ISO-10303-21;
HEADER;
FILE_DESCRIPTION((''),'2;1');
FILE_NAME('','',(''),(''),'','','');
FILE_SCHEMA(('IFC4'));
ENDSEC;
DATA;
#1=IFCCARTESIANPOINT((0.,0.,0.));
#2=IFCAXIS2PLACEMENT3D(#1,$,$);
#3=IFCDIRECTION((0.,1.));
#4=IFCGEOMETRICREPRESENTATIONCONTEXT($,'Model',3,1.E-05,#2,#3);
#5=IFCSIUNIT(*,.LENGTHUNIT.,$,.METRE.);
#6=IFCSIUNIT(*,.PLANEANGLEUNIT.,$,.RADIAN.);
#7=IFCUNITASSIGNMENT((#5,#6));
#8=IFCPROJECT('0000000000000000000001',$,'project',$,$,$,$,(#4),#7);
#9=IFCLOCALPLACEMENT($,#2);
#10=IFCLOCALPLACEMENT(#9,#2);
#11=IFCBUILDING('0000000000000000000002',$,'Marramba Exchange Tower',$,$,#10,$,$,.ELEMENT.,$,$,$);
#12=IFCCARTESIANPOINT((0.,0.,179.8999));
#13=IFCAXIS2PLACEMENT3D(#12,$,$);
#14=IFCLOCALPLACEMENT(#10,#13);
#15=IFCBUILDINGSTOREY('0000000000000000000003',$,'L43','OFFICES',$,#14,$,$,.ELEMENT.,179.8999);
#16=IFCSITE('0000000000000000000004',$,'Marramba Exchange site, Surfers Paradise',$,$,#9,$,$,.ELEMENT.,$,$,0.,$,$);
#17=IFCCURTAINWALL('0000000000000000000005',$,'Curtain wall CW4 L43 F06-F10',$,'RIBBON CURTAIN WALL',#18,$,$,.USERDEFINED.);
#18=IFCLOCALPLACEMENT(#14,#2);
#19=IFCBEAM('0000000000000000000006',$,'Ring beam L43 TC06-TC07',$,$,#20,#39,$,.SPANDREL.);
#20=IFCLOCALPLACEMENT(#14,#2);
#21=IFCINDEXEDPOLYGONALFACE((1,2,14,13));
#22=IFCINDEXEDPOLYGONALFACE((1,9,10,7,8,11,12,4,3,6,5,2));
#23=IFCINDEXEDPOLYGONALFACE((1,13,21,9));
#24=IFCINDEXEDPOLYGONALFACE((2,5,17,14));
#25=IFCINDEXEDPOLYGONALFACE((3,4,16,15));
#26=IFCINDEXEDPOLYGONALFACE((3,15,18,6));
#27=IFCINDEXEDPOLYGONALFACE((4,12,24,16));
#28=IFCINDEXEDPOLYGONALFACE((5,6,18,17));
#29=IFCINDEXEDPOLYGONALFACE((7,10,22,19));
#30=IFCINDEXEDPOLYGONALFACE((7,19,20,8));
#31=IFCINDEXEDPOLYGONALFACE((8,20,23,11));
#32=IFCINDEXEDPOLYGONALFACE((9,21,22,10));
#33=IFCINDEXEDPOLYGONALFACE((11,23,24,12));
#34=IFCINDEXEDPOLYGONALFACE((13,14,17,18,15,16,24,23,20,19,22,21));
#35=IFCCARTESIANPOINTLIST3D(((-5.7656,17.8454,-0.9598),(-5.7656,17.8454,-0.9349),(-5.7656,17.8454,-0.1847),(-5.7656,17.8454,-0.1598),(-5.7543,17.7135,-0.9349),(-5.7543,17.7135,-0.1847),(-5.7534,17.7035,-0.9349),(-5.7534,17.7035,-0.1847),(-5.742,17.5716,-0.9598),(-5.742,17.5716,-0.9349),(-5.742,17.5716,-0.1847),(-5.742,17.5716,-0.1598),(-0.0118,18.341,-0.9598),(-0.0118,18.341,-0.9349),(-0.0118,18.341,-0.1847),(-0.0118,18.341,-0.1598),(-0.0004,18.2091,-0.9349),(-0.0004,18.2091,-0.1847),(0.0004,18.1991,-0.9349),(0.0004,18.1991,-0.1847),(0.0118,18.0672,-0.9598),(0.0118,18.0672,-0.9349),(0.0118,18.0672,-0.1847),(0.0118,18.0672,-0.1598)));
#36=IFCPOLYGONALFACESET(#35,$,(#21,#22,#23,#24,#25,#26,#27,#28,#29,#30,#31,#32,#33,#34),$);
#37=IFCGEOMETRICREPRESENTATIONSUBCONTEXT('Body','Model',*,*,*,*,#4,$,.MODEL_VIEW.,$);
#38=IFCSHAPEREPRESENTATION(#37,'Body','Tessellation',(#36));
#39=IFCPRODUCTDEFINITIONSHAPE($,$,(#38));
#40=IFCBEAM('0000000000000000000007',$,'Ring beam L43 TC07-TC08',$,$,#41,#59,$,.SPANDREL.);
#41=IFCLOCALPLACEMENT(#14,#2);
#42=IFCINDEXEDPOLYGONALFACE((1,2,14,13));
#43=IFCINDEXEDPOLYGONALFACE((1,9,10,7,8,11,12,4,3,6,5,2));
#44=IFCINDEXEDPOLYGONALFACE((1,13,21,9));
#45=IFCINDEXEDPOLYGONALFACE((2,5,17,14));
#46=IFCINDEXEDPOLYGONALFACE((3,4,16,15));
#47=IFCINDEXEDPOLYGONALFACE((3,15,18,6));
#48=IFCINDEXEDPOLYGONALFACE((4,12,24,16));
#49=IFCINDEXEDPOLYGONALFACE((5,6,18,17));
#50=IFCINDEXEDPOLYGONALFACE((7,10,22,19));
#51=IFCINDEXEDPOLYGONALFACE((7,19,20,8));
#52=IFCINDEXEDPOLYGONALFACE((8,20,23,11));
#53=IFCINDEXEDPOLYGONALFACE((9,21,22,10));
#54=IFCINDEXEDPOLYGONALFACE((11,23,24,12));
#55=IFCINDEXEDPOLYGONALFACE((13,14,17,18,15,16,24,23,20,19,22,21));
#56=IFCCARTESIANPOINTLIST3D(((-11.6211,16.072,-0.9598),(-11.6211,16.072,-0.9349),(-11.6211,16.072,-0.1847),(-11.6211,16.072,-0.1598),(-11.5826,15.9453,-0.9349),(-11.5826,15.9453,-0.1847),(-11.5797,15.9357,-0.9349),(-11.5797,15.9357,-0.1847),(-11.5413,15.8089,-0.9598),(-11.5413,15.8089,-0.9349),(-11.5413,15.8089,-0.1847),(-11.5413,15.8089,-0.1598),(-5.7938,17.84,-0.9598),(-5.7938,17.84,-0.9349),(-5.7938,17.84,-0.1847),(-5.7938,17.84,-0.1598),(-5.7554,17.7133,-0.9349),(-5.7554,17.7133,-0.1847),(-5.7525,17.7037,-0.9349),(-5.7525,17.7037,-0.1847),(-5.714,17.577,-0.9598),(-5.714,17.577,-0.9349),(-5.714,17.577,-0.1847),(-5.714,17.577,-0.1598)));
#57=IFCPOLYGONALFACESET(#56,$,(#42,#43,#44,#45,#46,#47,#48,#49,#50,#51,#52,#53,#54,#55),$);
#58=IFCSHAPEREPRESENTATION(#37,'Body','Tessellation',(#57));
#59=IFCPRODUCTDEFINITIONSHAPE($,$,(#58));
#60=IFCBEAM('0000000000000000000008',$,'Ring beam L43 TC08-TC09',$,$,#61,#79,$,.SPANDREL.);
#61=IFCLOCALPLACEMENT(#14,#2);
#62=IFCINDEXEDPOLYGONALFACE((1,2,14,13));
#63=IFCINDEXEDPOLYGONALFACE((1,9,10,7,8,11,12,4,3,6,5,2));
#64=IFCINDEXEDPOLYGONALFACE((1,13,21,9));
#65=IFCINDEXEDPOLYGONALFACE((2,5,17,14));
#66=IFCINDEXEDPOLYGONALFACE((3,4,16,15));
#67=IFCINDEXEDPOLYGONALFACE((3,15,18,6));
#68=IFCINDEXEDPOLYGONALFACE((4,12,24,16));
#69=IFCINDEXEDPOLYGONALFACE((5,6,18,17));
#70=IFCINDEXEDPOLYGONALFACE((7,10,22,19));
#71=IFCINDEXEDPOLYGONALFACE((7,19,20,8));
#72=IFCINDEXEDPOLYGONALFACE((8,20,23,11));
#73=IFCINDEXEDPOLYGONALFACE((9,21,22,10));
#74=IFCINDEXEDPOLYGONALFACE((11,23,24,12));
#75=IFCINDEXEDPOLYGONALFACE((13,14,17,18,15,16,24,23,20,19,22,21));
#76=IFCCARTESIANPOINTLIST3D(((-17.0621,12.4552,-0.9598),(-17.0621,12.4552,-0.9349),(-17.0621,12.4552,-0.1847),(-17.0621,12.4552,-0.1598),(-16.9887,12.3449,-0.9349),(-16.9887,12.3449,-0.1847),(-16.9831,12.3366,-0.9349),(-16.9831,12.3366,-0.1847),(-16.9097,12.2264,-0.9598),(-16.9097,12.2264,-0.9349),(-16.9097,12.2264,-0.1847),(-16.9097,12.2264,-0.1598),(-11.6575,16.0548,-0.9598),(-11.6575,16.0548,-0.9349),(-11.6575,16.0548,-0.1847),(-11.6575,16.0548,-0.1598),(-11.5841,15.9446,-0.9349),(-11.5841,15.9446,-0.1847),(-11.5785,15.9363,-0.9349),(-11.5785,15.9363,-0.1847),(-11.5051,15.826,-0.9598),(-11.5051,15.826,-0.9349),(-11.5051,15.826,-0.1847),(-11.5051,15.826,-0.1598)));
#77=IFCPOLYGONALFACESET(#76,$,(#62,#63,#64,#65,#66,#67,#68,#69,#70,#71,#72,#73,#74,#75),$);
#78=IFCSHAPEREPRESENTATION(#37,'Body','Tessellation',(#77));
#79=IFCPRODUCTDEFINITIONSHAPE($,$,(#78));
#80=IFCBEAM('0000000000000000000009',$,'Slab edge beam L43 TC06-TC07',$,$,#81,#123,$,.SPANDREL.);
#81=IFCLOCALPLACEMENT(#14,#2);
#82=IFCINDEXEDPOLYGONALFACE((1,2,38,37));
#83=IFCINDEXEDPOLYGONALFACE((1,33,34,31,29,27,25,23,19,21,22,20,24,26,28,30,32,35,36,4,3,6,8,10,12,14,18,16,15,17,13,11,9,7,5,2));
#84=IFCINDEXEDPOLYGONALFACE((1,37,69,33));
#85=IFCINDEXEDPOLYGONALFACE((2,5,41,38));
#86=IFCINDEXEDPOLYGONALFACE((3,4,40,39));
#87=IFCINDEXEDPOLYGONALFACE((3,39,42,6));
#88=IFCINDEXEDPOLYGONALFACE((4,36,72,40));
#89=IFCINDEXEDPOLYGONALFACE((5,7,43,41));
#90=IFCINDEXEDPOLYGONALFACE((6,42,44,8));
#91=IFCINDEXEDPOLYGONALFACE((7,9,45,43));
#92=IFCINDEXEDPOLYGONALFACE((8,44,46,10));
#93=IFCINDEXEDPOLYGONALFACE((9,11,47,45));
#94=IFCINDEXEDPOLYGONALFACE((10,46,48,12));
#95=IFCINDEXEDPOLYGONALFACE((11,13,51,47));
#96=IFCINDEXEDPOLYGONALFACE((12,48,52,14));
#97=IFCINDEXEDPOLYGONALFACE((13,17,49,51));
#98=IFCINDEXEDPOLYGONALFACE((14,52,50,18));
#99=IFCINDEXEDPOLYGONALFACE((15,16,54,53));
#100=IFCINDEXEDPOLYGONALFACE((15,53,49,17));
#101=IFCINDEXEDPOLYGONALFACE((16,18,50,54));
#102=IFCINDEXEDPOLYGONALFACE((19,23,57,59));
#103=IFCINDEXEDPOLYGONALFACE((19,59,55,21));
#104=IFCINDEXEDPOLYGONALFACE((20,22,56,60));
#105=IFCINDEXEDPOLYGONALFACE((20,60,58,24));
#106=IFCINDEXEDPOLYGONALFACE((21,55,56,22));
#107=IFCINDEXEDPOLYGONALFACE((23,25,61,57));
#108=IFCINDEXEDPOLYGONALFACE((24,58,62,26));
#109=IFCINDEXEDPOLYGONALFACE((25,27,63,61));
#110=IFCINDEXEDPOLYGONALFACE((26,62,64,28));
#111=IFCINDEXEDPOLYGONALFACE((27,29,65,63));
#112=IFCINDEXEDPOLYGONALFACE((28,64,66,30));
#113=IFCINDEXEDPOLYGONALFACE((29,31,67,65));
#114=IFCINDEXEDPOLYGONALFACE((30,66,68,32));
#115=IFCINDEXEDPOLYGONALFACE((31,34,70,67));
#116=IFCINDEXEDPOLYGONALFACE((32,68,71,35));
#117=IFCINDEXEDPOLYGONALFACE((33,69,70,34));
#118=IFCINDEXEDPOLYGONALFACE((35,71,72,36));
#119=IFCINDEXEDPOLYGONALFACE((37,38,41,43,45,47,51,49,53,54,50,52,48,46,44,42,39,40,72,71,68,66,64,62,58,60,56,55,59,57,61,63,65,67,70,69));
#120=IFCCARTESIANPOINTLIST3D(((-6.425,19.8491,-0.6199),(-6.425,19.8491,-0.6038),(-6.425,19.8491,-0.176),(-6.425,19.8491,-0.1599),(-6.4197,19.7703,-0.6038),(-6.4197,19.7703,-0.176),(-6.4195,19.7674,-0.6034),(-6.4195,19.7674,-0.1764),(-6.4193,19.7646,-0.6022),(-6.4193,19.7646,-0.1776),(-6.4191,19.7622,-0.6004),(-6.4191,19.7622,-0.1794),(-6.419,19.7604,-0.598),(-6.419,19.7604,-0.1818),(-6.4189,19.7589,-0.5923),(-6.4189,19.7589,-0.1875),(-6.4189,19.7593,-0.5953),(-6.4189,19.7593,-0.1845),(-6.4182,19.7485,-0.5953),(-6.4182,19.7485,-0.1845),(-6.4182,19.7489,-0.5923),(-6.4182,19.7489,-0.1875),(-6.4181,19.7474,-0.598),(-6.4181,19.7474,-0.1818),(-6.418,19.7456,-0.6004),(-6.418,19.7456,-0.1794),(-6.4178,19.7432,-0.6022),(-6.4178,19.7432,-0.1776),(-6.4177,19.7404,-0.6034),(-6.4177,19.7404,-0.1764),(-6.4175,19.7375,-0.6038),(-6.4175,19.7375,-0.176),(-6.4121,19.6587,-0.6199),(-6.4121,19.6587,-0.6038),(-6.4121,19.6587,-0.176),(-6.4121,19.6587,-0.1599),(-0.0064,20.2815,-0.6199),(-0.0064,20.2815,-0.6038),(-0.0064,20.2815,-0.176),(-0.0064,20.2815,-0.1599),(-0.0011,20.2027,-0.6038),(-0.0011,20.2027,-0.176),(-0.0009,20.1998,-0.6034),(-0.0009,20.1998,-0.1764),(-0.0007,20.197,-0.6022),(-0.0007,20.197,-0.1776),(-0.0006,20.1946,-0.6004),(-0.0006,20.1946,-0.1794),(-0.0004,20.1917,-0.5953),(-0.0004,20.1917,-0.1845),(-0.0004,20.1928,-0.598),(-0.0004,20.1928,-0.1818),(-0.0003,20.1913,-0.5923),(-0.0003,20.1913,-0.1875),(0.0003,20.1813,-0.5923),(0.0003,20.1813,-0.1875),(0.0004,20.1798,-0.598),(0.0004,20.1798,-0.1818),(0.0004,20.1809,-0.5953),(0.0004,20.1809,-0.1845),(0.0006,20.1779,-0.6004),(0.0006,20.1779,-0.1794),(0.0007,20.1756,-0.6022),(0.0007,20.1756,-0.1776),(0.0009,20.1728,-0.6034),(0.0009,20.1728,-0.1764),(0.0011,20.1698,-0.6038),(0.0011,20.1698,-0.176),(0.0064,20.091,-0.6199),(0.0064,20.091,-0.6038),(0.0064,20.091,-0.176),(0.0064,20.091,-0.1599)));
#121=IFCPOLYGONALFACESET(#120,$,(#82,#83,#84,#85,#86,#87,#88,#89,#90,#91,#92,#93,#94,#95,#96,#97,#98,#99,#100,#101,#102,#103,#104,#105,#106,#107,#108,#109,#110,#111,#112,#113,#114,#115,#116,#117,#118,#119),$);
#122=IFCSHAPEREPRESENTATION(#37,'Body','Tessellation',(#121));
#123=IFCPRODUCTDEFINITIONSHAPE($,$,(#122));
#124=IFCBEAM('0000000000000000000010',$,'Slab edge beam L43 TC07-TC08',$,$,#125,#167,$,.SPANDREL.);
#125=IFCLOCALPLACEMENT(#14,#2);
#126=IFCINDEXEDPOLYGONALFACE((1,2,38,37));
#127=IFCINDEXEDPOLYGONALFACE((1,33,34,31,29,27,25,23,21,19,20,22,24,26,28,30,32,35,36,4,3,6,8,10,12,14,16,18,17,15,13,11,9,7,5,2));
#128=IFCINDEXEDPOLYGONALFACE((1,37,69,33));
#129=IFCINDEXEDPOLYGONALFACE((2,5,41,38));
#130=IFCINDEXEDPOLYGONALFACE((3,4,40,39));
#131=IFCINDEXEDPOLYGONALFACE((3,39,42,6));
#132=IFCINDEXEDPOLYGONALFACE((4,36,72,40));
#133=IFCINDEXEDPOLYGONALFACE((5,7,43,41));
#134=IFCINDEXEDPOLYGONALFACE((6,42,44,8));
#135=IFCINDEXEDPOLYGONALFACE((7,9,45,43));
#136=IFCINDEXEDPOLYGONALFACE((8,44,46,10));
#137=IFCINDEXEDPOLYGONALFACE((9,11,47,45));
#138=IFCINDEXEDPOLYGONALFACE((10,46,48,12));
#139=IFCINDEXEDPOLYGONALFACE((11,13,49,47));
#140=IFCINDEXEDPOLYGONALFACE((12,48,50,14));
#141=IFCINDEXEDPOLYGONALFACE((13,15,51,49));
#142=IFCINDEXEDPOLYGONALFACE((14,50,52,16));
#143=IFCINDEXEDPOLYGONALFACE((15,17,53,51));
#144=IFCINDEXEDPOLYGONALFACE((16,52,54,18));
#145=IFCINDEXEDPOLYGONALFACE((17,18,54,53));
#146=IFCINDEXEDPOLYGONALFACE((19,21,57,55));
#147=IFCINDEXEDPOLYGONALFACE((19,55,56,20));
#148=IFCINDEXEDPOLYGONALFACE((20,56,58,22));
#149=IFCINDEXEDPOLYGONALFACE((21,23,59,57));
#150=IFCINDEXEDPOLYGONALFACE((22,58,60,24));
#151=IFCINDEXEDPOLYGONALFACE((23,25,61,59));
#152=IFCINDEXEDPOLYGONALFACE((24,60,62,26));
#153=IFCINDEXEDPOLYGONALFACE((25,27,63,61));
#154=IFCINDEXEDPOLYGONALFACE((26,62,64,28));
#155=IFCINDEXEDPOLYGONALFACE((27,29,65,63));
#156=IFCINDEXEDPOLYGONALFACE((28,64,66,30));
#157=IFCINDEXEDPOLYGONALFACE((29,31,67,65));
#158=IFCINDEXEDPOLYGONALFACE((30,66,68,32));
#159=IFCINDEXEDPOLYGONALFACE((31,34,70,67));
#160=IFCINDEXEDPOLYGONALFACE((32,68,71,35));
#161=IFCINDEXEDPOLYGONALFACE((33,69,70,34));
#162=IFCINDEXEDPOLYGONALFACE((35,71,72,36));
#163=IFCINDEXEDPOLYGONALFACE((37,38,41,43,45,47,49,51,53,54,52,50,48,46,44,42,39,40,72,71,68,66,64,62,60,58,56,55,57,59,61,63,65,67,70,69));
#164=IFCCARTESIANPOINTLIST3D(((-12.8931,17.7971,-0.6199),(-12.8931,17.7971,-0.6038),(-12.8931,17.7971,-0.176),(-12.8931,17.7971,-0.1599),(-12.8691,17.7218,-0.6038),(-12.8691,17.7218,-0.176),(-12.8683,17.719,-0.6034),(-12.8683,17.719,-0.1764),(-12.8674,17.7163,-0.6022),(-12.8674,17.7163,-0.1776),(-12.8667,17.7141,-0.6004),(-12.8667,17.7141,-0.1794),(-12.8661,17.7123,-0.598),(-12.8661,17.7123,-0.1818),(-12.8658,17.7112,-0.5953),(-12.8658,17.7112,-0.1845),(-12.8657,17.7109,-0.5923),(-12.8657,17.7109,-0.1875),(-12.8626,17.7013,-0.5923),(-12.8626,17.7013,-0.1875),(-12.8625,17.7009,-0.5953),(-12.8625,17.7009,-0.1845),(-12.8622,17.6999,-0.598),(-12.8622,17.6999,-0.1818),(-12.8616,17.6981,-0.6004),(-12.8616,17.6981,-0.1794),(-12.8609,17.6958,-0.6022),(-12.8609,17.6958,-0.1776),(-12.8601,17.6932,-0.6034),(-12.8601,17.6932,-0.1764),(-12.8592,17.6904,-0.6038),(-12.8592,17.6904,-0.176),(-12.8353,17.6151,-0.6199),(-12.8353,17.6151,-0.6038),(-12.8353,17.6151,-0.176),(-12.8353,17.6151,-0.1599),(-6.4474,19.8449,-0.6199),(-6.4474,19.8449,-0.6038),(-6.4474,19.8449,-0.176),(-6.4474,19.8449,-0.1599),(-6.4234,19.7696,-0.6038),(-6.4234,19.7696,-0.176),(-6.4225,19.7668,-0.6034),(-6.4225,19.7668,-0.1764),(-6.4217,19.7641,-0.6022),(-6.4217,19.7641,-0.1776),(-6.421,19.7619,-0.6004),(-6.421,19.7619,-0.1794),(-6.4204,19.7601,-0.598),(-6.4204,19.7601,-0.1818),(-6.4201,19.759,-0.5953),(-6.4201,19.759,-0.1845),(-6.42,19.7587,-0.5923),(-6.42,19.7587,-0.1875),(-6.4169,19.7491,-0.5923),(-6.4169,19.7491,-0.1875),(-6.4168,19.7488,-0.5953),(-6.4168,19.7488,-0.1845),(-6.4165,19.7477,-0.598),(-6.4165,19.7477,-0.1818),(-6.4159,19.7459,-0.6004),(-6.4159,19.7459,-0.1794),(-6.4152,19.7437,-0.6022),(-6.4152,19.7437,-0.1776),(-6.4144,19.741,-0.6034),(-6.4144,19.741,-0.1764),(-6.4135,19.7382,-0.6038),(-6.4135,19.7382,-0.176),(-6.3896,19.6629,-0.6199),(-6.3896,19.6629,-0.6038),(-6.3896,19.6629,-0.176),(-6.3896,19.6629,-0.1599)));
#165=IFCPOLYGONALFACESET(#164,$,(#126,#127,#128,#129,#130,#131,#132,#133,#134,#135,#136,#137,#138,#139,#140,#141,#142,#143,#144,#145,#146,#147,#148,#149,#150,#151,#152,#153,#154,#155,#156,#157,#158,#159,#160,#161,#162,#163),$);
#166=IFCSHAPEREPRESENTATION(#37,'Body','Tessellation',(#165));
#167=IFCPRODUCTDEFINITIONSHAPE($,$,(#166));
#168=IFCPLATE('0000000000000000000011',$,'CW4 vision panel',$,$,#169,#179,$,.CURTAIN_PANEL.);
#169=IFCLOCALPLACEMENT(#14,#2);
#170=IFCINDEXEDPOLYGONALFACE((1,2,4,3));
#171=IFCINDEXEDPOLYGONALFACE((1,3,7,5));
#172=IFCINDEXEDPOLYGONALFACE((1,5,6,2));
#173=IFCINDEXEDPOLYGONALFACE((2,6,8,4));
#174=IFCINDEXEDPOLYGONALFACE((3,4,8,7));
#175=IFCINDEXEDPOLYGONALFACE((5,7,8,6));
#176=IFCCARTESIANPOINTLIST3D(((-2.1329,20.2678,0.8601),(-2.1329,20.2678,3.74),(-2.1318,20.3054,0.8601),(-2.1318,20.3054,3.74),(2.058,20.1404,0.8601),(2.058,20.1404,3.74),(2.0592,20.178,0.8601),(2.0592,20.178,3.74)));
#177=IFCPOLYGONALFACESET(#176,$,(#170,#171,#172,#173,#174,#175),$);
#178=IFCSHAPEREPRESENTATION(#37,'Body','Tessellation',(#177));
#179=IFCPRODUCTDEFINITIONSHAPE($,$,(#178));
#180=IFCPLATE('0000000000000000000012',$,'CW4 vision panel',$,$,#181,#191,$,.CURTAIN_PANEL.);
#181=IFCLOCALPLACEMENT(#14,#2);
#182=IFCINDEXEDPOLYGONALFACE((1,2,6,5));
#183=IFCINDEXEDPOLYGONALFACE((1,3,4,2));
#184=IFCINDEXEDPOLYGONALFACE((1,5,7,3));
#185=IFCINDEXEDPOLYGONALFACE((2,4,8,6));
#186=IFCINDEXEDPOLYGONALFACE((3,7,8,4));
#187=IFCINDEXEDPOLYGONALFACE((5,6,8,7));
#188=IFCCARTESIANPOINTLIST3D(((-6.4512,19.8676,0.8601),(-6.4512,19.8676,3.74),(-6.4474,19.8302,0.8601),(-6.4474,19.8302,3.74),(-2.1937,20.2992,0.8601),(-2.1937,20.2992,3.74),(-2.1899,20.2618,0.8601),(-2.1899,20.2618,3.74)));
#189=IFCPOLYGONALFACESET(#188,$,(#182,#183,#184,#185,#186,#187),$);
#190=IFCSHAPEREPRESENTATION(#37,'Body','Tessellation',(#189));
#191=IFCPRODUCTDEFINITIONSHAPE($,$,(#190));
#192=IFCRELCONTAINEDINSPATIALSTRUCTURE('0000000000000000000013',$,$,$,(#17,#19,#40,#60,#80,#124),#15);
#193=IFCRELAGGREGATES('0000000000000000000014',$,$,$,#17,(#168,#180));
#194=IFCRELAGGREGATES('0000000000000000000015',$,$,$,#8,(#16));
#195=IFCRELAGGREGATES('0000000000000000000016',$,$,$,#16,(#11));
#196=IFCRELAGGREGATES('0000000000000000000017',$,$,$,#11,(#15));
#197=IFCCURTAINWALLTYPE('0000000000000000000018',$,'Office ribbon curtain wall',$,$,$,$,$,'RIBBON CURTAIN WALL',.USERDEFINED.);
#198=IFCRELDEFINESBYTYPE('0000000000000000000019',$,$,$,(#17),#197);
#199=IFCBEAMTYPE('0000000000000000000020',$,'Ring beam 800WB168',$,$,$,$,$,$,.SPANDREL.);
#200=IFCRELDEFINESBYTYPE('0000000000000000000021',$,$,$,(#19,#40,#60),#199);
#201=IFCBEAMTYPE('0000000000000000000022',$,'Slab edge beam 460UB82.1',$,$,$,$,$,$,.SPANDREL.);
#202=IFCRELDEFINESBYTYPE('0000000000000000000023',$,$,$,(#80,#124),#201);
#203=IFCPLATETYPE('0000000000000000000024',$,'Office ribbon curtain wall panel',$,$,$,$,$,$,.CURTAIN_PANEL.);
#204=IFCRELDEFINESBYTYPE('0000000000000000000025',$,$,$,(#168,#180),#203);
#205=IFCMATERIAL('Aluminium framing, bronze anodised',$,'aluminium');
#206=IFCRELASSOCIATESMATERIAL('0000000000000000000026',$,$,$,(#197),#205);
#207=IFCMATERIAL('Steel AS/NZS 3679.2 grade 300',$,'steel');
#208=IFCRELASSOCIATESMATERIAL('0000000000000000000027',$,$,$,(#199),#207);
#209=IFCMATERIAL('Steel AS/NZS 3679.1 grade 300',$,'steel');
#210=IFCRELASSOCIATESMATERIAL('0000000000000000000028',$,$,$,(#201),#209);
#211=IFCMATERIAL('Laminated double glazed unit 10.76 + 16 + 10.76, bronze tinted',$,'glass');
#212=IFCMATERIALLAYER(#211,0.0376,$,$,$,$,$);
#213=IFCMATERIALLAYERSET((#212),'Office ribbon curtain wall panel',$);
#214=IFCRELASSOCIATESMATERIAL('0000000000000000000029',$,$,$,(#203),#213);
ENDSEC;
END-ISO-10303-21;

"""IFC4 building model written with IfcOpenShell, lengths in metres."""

from ifc_helpers import new_model, si_unit, direction, frame, origin, origin_2d, place, context, subcontext, project, spatial, rectangle, i_section, extrude, material, layer, layer_set, material_profile, profile_set, type_object, element, aggregate, save


model = new_model("IFC4")

# Units and contexts
model_context = context("Model", 3, precision=1e-05, world=origin(), true_north=direction((0.0, 1.0)))
body_context = subcontext(model_context, "Body", "Model", "MODEL_VIEW")
ifc_project = project(units=[si_unit("LENGTHUNIT", "METRE"), si_unit("PLANEANGLEUNIT", "RADIAN")], contexts=[model_context])

# Site, building, storey
site_placement = place(None, origin())
site = spatial("IfcSite", under=ifc_project, at=site_placement, Name="Marramba Exchange site, Surfers Paradise", CompositionType="ELEMENT", RefElevation=0.0)
building_placement = place(site_placement, origin())
building = spatial("IfcBuilding", under=site, at=building_placement, Name="Marramba Exchange Tower", CompositionType="ELEMENT")
storey_placement = place(building_placement, frame((0.0, 0.0, 179.8999)))
storey = spatial("IfcBuildingStorey", under=building, at=storey_placement, Name="L43", Description="OFFICES", CompositionType="ELEMENT", Elevation=179.8999)

# Shared definitions
ifc_material_1 = material(Name="Steel AS/NZS 3679.2 grade 300", Category="steel")

# Curtain wall
ifc_material_2 = material(Name="Aluminium framing, bronze anodised", Category="aluminium")
curtain_wall_type = type_object("IfcCurtainWallType", Name="Office ribbon curtain wall", ElementType="RIBBON CURTAIN WALL", PredefinedType="USERDEFINED", material=ifc_material_2)
curtain_wall_1_placement = place(storey_placement, origin())
curtain_wall_1 = element("IfcCurtainWall", 1, at=curtain_wall_1_placement, inside=storey, type_object=curtain_wall_type, Name="Curtain wall CW4 L43 F06-F10", ObjectType="RIBBON CURTAIN WALL", PredefinedType="USERDEFINED")

# Beams
ifc_material_profile_1 = material_profile(ifc_material_1, i_section(OverallWidth=0.2749, OverallDepth=0.8, WebThickness=0.01, FlangeThickness=0.0249, at=origin_2d()), Name="800WB168")
ifc_profile_set_1 = profile_set([ifc_material_profile_1], Name="Steel AS/NZS 3679.2 grade 300")
beam_type_1 = type_object("IfcBeamType", Name="Ring beam 800WB168", PredefinedType="SPANDREL", material=ifc_profile_set_1)
beam_1_placement = place(storey_placement, frame((0.0, 18.2041, -0.5598), z_axis=(-0.996311, -0.085816, 0.0), x_axis=(0.085816, -0.996311, 0.0)))
element("IfcBeam", 2, at=beam_1_placement, inside=storey, type_object=beam_type_1, Name="Ring beam L43 TC06-TC07", PredefinedType="SPANDREL", context=body_context, shape_type="SweptSolid", body=[
    extrude(i_section(OverallWidth=0.2749, OverallDepth=0.8, WebThickness=0.01, FlangeThickness=0.0249, at=origin_2d()), origin(), (0.0, 0.0, 1.0), 5.7751),
])
beam_2_placement = place(storey_placement, frame((-5.7539, 17.7085, -0.5598), z_axis=(-0.956925, -0.290337, 0.0), x_axis=(0.290337, -0.956925, 0.0)))
element("IfcBeam", 3, at=beam_2_placement, inside=storey, type_object=beam_type_1, Name="Ring beam L43 TC07-TC08", PredefinedType="SPANDREL", context=body_context, shape_type="SweptSolid", body=[
    extrude(i_section(OverallWidth=0.2749, OverallDepth=0.8, WebThickness=0.01, FlangeThickness=0.0249, at=origin_2d()), origin(), (0.0, 0.0, 1.0), 6.0896),
])
beam_3_placement = place(storey_placement, frame((-11.5813, 15.9404, -0.5598), z_axis=(-0.832293, -0.554336, 0.0), x_axis=(0.554336, -0.832293, 0.0)))
element("IfcBeam", 4, at=beam_3_placement, inside=storey, type_object=beam_type_1, Name="Ring beam L43 TC08-TC09", PredefinedType="SPANDREL", context=body_context, shape_type="SweptSolid", body=[
    extrude(i_section(OverallWidth=0.2749, OverallDepth=0.8, WebThickness=0.01, FlangeThickness=0.0249, at=origin_2d()), origin(), (0.0, 0.0, 1.0), 6.4937),
])
ifc_material_3 = material(Name="Steel AS/NZS 3679.1 grade 300", Category="steel")
ifc_material_profile_2 = material_profile(ifc_material_3, i_section(OverallWidth=0.1909, OverallDepth=0.46, WebThickness=0.01, FlangeThickness=0.0161, FilletRadius=0.0115, at=origin_2d()), Name="460UB82.1")
ifc_profile_set_2 = profile_set([ifc_material_profile_2], Name="Steel AS/NZS 3679.1 grade 300")
beam_type_2 = type_object("IfcBeamType", Name="Slab edge beam 460UB82.1", PredefinedType="SPANDREL", material=ifc_profile_set_2)
beam_4_placement = place(storey_placement, frame((0.0, 20.1863, -0.3899), z_axis=(-0.997739, -0.067212, 0.0), x_axis=(0.067212, -0.997739, 0.0)))
element("IfcBeam", 5, at=beam_4_placement, inside=storey, type_object=beam_type_2, Name="Slab edge beam L43 TC06-TC07", PredefinedType="SPANDREL", context=body_context, shape_type="SweptSolid", body=[
    extrude(i_section(OverallWidth=0.1909, OverallDepth=0.46, WebThickness=0.01, FlangeThickness=0.0161, FilletRadius=0.0115, at=origin_2d()), origin(), (0.0, 0.0, 1.0), 6.4331),
])
beam_5_placement = place(storey_placement, frame((-6.4185, 19.7539, -0.3899), z_axis=(-0.953057, -0.302789, 0.0), x_axis=(0.302789, -0.953057, 0.0)))
element("IfcBeam", 6, at=beam_5_placement, inside=storey, type_object=beam_type_2, Name="Slab edge beam L43 TC07-TC08", PredefinedType="SPANDREL", context=body_context, shape_type="SweptSolid", body=[
    extrude(i_section(OverallWidth=0.1909, OverallDepth=0.46, WebThickness=0.01, FlangeThickness=0.0161, FilletRadius=0.0115, at=origin_2d()), origin(), (0.0, 0.0, 1.0), 6.7632),
])

# Plates
ifc_material_4 = material(Name="Laminated double glazed unit 10.76 + 16 + 10.76, bronze tinted", Category="glass")
ifc_layer_1 = layer(ifc_material_4, 0.0376)
ifc_layer_set_1 = layer_set([ifc_layer_1], Name="Office ribbon curtain wall panel")
plate_type = type_object("IfcPlateType", Name="Office ribbon curtain wall panel", PredefinedType="CURTAIN_PANEL", material=ifc_layer_set_1)
plate_1_placement = place(storey_placement, frame((-0.0369, 20.2229, 0.8601), z_axis=(0.0, 0.0, 1.0), x_axis=(-0.999538, 0.030394, 0.0)))
plate_1 = element("IfcPlate", 7, at=plate_1_placement, type_object=plate_type, Name="CW4 vision panel", PredefinedType="CURTAIN_PANEL", context=body_context, shape_type="SweptSolid", body=[
    extrude(rectangle(XDim=4.1929, YDim=0.0376, at=origin_2d()), origin(), (0.0, 0.0, 1.0), 2.8799),
])
plate_2_placement = place(storey_placement, frame((-4.3206, 20.0647, 0.8601), z_axis=(0.0, 0.0, 1.0), x_axis=(-0.9949, -0.100863, 0.0)))
plate_2 = element("IfcPlate", 8, at=plate_2_placement, type_object=plate_type, Name="CW4 vision panel", PredefinedType="CURTAIN_PANEL", context=body_context, shape_type="SweptSolid", body=[
    extrude(rectangle(XDim=4.2793, YDim=0.0376, at=origin_2d()), origin(), (0.0, 0.0, 1.0), 2.8799),
])
aggregate(curtain_wall_1, [plate_1, plate_2])

save(model, "model.ifc")
